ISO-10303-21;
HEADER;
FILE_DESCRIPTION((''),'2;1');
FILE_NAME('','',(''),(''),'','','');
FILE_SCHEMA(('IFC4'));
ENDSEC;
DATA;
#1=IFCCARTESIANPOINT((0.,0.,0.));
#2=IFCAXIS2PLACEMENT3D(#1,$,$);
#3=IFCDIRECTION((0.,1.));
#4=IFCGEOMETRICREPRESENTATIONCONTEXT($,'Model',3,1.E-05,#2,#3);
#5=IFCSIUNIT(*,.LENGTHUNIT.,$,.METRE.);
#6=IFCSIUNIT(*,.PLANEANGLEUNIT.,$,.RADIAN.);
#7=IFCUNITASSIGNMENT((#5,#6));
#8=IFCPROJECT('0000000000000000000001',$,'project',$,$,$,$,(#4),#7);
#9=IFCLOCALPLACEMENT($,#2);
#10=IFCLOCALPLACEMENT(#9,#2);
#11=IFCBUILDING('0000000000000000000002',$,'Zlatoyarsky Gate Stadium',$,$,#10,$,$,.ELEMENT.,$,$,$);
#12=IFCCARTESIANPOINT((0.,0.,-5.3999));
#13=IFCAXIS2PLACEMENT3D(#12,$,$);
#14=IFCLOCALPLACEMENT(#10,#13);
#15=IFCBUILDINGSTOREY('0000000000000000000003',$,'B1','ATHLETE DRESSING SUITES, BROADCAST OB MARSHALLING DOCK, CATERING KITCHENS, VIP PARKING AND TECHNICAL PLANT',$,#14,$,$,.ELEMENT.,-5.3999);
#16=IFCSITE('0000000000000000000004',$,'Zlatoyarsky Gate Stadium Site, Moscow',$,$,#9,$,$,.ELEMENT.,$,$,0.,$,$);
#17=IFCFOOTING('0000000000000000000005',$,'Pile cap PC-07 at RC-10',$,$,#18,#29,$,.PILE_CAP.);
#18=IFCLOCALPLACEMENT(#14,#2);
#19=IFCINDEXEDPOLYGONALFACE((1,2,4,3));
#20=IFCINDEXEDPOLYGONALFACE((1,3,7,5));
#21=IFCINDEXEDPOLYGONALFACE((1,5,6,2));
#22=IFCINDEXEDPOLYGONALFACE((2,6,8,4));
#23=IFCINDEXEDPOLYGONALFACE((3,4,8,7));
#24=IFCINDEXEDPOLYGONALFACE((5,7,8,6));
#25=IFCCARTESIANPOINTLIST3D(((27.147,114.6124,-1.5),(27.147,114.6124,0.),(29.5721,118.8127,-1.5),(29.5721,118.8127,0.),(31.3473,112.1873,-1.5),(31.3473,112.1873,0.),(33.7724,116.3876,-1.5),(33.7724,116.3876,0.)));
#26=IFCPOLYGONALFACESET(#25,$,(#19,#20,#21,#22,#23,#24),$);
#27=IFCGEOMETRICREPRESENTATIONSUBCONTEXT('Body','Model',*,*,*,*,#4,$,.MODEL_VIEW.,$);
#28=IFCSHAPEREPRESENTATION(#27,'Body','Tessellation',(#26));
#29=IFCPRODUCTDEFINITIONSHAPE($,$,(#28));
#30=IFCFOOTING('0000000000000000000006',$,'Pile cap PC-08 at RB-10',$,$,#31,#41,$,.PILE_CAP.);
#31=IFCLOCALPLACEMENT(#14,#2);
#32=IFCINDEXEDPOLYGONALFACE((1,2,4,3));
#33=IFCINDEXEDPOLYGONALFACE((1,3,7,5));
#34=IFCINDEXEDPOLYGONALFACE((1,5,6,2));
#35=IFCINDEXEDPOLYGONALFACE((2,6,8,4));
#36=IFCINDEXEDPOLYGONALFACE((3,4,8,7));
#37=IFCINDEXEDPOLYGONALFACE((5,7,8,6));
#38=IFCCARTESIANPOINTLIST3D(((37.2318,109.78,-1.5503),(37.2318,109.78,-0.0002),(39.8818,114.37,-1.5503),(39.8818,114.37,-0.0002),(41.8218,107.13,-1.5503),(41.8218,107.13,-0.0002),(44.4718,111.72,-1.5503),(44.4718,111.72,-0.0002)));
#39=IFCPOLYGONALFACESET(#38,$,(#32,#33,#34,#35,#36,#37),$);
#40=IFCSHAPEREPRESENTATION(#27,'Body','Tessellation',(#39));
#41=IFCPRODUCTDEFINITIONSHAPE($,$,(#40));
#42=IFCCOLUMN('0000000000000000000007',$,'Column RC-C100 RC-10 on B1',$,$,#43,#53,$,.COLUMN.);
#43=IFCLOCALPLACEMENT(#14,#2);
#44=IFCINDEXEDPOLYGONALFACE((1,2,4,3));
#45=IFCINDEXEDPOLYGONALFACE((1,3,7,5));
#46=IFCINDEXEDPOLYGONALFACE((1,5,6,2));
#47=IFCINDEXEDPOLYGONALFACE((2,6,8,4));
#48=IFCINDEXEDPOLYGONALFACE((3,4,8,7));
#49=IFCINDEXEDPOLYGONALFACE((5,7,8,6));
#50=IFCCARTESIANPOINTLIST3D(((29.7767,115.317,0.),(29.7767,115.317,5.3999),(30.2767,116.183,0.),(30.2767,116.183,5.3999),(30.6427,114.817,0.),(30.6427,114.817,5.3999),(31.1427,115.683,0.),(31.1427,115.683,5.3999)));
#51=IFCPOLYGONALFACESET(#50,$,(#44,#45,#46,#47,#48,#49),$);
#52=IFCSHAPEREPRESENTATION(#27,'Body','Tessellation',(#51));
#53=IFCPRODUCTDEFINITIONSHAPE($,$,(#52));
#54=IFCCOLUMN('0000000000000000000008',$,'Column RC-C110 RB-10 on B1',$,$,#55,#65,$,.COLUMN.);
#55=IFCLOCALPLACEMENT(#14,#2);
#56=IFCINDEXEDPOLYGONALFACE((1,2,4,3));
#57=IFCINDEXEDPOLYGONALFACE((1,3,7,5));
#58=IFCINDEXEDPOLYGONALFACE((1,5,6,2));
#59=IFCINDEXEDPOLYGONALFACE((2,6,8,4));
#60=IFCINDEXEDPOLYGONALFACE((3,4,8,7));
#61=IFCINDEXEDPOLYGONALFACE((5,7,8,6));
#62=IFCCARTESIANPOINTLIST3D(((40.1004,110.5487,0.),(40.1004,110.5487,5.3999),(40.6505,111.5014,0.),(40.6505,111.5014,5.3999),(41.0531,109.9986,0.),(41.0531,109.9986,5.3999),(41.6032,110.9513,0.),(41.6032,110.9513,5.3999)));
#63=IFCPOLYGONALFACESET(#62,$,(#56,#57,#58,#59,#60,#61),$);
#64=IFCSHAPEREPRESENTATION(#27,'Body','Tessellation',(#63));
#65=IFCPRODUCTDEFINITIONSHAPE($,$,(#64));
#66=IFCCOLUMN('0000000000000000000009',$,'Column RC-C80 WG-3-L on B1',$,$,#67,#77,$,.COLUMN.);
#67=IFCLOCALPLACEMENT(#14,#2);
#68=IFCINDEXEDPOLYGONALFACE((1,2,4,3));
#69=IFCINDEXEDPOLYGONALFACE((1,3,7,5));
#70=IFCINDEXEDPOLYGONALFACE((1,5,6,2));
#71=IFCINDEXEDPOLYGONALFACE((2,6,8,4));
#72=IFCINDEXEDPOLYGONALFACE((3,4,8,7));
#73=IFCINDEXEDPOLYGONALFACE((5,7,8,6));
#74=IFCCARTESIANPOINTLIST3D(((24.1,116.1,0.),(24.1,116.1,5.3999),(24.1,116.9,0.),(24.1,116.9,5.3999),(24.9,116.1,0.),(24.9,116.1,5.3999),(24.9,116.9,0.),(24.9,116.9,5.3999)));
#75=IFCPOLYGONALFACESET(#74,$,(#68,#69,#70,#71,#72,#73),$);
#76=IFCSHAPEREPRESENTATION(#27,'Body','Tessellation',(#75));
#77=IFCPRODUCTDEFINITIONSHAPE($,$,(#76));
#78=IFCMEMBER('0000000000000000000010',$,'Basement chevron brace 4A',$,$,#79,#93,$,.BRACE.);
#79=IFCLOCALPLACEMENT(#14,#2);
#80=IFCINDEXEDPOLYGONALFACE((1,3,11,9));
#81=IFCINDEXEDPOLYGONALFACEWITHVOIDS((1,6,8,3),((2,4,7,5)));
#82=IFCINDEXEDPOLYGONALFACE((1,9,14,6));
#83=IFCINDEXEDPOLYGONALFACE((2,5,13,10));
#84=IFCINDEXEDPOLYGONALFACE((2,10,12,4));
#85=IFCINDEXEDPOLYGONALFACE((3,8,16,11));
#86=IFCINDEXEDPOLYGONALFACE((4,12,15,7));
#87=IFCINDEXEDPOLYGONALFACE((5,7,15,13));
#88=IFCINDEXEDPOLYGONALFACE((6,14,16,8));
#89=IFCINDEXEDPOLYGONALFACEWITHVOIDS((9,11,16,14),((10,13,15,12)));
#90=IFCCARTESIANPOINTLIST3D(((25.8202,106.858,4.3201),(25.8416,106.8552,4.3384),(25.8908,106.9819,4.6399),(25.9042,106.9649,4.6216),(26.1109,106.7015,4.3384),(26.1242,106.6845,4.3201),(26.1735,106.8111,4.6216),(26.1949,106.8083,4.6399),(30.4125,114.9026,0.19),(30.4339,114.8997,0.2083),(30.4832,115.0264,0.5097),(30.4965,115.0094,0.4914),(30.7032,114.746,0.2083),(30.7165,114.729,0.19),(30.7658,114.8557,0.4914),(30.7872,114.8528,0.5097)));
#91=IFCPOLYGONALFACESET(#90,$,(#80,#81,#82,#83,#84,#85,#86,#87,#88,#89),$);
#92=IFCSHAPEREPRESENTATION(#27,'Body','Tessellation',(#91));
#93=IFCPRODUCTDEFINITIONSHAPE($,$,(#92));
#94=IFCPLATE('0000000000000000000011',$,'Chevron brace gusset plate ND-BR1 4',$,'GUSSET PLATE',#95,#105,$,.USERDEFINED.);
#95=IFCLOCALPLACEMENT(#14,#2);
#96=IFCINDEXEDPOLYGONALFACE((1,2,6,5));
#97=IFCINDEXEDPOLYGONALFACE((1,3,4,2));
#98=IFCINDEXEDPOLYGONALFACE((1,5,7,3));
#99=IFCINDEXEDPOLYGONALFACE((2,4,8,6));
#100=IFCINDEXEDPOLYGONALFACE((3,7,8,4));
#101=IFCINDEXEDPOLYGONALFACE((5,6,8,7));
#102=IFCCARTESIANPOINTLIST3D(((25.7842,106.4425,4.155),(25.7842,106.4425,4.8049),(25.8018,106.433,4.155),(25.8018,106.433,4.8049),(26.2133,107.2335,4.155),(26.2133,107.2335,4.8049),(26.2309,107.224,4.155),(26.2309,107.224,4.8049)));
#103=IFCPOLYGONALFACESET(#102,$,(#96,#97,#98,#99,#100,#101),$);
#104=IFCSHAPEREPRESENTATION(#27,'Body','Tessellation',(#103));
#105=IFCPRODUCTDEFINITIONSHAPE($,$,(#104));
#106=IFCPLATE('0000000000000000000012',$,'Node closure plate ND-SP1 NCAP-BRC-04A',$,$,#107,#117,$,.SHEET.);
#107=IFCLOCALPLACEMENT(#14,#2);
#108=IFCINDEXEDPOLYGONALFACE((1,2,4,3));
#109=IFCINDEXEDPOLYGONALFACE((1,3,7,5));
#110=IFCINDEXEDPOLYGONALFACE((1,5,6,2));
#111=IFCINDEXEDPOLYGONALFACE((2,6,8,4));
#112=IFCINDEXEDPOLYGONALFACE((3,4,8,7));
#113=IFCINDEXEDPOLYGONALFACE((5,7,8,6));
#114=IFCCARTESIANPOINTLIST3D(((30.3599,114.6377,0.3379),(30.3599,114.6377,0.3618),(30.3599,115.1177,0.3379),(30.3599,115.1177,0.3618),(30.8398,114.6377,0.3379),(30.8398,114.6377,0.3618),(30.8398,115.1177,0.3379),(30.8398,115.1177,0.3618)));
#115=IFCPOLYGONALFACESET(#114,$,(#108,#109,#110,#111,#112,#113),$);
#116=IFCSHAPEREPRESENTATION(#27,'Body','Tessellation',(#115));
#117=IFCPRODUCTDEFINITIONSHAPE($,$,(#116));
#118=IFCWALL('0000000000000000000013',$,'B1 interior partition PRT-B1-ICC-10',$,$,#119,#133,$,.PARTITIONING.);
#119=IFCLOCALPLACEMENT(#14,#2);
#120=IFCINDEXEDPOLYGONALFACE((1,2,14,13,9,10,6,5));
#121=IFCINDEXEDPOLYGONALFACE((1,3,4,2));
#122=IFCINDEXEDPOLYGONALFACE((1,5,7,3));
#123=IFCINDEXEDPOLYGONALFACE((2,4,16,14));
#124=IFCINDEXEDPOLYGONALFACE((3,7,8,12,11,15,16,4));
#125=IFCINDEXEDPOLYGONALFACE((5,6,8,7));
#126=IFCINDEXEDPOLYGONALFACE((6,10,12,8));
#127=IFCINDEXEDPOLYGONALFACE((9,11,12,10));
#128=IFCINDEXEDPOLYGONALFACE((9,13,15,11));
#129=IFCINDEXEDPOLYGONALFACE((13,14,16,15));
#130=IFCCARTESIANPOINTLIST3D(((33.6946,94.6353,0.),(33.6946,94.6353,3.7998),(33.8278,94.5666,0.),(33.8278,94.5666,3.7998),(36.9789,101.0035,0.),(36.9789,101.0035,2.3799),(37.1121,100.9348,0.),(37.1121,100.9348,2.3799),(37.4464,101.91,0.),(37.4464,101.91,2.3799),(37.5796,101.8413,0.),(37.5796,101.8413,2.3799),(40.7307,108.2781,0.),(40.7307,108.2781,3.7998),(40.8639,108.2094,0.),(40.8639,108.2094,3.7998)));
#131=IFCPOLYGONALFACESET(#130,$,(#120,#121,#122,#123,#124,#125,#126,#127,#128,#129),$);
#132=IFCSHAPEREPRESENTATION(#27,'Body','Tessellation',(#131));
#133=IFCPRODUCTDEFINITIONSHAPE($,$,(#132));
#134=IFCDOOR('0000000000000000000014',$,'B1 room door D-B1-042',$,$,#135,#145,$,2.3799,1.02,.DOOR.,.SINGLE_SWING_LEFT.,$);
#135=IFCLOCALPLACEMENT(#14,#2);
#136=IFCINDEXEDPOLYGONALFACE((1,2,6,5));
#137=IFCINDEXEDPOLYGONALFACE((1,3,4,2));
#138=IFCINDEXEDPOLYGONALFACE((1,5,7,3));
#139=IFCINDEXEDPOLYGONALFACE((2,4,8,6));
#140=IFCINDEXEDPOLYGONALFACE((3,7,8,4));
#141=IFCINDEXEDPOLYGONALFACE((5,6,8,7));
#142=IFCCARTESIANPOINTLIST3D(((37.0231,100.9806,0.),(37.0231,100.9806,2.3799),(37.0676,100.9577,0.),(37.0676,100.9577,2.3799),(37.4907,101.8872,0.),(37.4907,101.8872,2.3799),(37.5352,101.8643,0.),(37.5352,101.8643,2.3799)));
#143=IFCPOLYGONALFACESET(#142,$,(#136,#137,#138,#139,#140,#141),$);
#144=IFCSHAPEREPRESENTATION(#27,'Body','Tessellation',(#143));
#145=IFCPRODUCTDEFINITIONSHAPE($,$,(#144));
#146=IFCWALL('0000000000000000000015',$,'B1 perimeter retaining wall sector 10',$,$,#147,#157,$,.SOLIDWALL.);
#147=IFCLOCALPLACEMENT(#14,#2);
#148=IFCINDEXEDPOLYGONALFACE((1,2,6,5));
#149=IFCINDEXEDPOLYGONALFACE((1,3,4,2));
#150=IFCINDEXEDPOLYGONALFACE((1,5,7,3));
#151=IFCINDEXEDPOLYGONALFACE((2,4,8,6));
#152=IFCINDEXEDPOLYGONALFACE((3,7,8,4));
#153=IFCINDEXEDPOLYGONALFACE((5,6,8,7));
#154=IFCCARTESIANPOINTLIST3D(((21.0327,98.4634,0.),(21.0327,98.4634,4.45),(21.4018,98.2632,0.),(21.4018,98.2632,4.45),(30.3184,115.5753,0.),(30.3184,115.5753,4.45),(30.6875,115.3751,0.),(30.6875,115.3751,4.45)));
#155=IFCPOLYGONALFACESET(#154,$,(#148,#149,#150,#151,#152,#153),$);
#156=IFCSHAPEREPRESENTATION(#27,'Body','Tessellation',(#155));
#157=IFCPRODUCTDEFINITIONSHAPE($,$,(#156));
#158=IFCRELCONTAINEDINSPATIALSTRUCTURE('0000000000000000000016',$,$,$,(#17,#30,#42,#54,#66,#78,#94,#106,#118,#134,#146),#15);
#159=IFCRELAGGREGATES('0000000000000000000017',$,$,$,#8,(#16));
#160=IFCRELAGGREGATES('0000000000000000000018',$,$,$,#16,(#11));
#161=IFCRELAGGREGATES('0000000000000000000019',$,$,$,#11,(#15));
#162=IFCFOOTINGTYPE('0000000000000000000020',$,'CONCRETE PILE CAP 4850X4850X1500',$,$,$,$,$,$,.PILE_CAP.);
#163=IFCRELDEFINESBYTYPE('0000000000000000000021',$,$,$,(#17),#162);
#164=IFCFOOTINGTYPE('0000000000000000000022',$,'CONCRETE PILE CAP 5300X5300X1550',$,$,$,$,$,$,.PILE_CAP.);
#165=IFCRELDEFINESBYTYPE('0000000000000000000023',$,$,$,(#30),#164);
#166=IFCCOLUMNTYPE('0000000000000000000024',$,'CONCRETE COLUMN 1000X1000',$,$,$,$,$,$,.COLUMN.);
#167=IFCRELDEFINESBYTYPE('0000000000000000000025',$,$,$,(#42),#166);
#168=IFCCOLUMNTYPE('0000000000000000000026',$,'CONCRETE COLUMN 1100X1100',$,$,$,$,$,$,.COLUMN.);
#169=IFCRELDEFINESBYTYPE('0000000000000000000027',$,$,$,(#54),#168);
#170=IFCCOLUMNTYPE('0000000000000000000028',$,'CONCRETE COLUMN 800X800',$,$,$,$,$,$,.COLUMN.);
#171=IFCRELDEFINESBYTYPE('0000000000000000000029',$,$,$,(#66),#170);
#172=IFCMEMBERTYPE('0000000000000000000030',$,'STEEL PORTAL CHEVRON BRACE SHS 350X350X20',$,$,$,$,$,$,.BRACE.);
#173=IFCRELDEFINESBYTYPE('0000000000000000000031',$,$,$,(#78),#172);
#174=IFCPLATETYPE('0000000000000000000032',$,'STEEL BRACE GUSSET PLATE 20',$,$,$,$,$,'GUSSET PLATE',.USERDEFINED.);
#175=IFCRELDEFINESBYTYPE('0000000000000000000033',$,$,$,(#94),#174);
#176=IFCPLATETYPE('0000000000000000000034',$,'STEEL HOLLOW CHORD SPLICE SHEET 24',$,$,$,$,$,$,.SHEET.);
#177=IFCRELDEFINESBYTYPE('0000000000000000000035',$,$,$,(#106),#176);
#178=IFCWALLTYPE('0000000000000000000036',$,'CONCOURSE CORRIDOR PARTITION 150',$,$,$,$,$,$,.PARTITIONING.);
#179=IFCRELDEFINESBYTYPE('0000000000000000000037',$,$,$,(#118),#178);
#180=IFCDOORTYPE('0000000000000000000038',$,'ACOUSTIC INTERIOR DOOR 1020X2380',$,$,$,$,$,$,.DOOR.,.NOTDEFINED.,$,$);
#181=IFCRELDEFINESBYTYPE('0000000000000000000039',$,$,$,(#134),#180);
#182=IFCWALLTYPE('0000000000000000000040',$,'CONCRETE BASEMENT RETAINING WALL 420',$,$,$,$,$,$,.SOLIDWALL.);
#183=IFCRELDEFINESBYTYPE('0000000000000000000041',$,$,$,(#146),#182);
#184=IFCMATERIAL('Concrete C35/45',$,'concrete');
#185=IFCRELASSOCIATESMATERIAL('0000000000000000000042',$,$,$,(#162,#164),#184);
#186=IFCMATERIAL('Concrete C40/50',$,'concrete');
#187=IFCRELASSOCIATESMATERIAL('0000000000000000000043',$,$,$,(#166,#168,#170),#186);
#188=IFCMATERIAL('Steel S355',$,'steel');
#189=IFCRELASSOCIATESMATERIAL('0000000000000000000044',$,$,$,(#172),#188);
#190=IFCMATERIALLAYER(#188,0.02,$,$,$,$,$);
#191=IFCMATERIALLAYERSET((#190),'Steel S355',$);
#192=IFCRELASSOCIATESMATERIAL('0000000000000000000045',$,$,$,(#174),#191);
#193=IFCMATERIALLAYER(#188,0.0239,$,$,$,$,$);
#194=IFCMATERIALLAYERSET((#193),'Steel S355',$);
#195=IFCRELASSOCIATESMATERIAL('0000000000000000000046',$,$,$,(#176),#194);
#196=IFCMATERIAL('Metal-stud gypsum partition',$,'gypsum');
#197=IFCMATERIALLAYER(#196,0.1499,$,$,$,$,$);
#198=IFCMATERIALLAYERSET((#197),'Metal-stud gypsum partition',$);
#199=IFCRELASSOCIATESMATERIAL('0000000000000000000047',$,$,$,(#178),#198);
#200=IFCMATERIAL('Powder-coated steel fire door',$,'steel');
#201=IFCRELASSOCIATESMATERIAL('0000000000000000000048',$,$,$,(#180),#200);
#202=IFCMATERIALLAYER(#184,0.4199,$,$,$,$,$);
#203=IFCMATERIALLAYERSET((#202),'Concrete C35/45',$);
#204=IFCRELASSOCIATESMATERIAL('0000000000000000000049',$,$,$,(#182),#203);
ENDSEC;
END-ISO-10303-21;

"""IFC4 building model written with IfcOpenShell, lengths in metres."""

from ifc_helpers import new_model, si_unit, direction, frame, frame_2d, origin, origin_2d, place, context, subcontext, project, spatial, rectangle, hollow_rectangle, extrude, material, layer, layer_set, material_profile, profile_set, type_object, element, fill, save


model = new_model("IFC4")

# Units and contexts
model_context = context("Model", 3, precision=1e-05, world=origin(), true_north=direction((0.0, 1.0)))
body_context = subcontext(model_context, "Body", "Model", "MODEL_VIEW")
ifc_project = project(units=[si_unit("LENGTHUNIT", "METRE"), si_unit("PLANEANGLEUNIT", "RADIAN")], contexts=[model_context])

# Site, building, storey
site_placement = place(None, origin())
site = spatial("IfcSite", under=ifc_project, at=site_placement, Name="Zlatoyarsky Gate Stadium Site, Moscow", CompositionType="ELEMENT", RefElevation=0.0)
building_placement = place(site_placement, origin())
building = spatial("IfcBuilding", under=site, at=building_placement, Name="Zlatoyarsky Gate Stadium", CompositionType="ELEMENT")
storey_placement = place(building_placement, frame((0.0, 0.0, -5.3999)))
storey = spatial("IfcBuildingStorey", under=building, at=storey_placement, Name="B1", Description="ATHLETE DRESSING SUITES, BROADCAST OB MARSHALLING DOCK, CATERING KITCHENS, VIP PARKING AND TECHNICAL PLANT", CompositionType="ELEMENT", Elevation=-5.3999)

# Shared definitions
ifc_material_1 = material(Name="Concrete C35/45", Category="concrete")

# Footings
footing_type_1 = type_object("IfcFootingType", Name="CONCRETE PILE CAP 4850X4850X1500", PredefinedType="PILE_CAP", material=ifc_material_1)
footing_1_placement = place(storey_placement, frame((30.4597, 115.5, -1.5), z_axis=(0.0, 0.0, 1.0), x_axis=(-0.866025, 0.5, 0.0)))
element("IfcFooting", 1, at=footing_1_placement, inside=storey, type_object=footing_type_1, Name="Pile cap PC-07 at RC-10", PredefinedType="PILE_CAP", context=body_context, shape_type="SweptSolid", body=[
    extrude(rectangle(XDim=4.8501, YDim=4.8501, at=origin_2d()), origin(), (0.0, 0.0, 1.0), 1.5),
])
footing_type_2 = type_object("IfcFootingType", Name="CONCRETE PILE CAP 5300X5300X1550", PredefinedType="PILE_CAP", material=ifc_material_1)
footing_2_placement = place(storey_placement, frame((40.8518, 110.75, -1.5503), z_axis=(0.0, 0.0, 1.0), x_axis=(-0.866025, 0.5, 0.0)))
element("IfcFooting", 2, at=footing_2_placement, inside=storey, type_object=footing_type_2, Name="Pile cap PC-08 at RB-10", PredefinedType="PILE_CAP", context=body_context, shape_type="SweptSolid", body=[
    extrude(rectangle(XDim=5.3, YDim=5.3, at=origin_2d()), origin(), (0.0, 0.0, 1.0), 1.55),
])

# Columns
ifc_material_2 = material(Name="Concrete C40/50", Category="concrete")
ifc_material_profile_1 = material_profile(ifc_material_2, rectangle(XDim=1.0, YDim=1.0, at=origin_2d()), Name="RC COL 1000X1000")
ifc_profile_set_1 = profile_set([ifc_material_profile_1], Name="Concrete C40/50")
column_type_1 = type_object("IfcColumnType", Name="CONCRETE COLUMN 1000X1000", PredefinedType="COLUMN", material=ifc_profile_set_1)
column_1_placement = place(storey_placement, frame((30.4597, 115.5, 0.0), z_axis=(0.0, 0.0, 1.0), x_axis=(-0.866025, 0.5, 0.0)))
element("IfcColumn", 3, at=column_1_placement, inside=storey, type_object=column_type_1, Name="Column RC-C100 RC-10 on B1", PredefinedType="COLUMN", context=body_context, shape_type="SweptSolid", body=[
    extrude(rectangle(XDim=1.0, YDim=1.0, at=origin_2d()), origin(), (0.0, 0.0, 1.0), 5.3999),
])
ifc_material_profile_2 = material_profile(ifc_material_2, rectangle(XDim=1.1001, YDim=1.1001, at=origin_2d()), Name="RC COL 1100X1100")
ifc_profile_set_2 = profile_set([ifc_material_profile_2], Name="Concrete C40/50")
column_type_2 = type_object("IfcColumnType", Name="CONCRETE COLUMN 1100X1100", PredefinedType="COLUMN", material=ifc_profile_set_2)
column_2_placement = place(storey_placement, frame((40.8518, 110.75, 0.0), z_axis=(0.0, 0.0, 1.0), x_axis=(-0.866025, 0.5, 0.0)))
element("IfcColumn", 4, at=column_2_placement, inside=storey, type_object=column_type_2, Name="Column RC-C110 RB-10 on B1", PredefinedType="COLUMN", context=body_context, shape_type="SweptSolid", body=[
    extrude(rectangle(XDim=1.1001, YDim=1.1001, at=origin_2d()), origin(), (0.0, 0.0, 1.0), 5.3999),
])
ifc_material_profile_3 = material_profile(ifc_material_2, rectangle(XDim=0.8, YDim=0.8, at=origin_2d()), Name="RC COL 800X800")
ifc_profile_set_3 = profile_set([ifc_material_profile_3], Name="Concrete C40/50")
column_type_3 = type_object("IfcColumnType", Name="CONCRETE COLUMN 800X800", PredefinedType="COLUMN", material=ifc_profile_set_3)
column_3_placement = place(storey_placement, frame((24.5, 116.5, 0.0), z_axis=(0.0, 0.0, 1.0), x_axis=(1.0, 0.0, 0.0)))
element("IfcColumn", 5, at=column_3_placement, inside=storey, type_object=column_type_3, Name="Column RC-C80 WG-3-L on B1", PredefinedType="COLUMN", context=body_context, shape_type="SweptSolid", body=[
    extrude(rectangle(XDim=0.8, YDim=0.8, at=origin_2d()), origin(), (0.0, 0.0, 1.0), 5.3999),
])

# Member
ifc_material_3 = material(Name="Steel S355", Category="steel")
ifc_material_profile_4 = material_profile(ifc_material_3, hollow_rectangle(XDim=0.3501, YDim=0.3501, WallThickness=0.02, at=origin_2d()), Name="SHS 350X350X20")
ifc_profile_set_4 = profile_set([ifc_material_profile_4], Name="Steel S355")
member_type = type_object("IfcMemberType", Name="STEEL PORTAL CHEVRON BRACE SHS 350X350X20", PredefinedType="BRACE", material=ifc_profile_set_4)
member_placement = place(storey_placement, frame((30.5999, 114.8777, 0.3499), z_axis=(-0.452799, -0.793181, 0.40723), x_axis=(0.868454, -0.49577, 0.0)))
element("IfcMember", 6, at=member_placement, inside=storey, type_object=member_type, Name="Basement chevron brace 4A", PredefinedType="BRACE", context=body_context, shape_type="SweptSolid", body=[
    extrude(hollow_rectangle(XDim=0.3501, YDim=0.3501, WallThickness=0.02, at=origin_2d()), origin(), (0.0, 0.0, 1.0), 10.1421),
])

# Plates
ifc_layer_1 = layer(ifc_material_3, 0.02)
ifc_layer_set_1 = layer_set([ifc_layer_1], Name="Steel S355")
plate_type_1 = type_object("IfcPlateType", Name="STEEL BRACE GUSSET PLATE 20", ElementType="GUSSET PLATE", PredefinedType="USERDEFINED", material=ifc_layer_set_1)
plate_1_placement = place(storey_placement, frame((26.0076, 106.8333, 4.155), z_axis=(0.0, 0.0, 1.0), x_axis=(-0.476891, -0.878963, 0.0)))
element("IfcPlate", 7, at=plate_1_placement, inside=storey, type_object=plate_type_1, Name="Chevron brace gusset plate ND-BR1 4", ObjectType="GUSSET PLATE", PredefinedType="USERDEFINED", context=body_context, shape_type="SweptSolid", body=[
    extrude(rectangle(XDim=0.8999, YDim=0.02, at=origin_2d()), origin(), (0.0, 0.0, 1.0), 0.6499),
])
ifc_layer_2 = layer(ifc_material_3, 0.0239)
ifc_layer_set_2 = layer_set([ifc_layer_2], Name="Steel S355")
plate_type_2 = type_object("IfcPlateType", Name="STEEL HOLLOW CHORD SPLICE SHEET 24", PredefinedType="SHEET", material=ifc_layer_set_2)
plate_2_placement = place(storey_placement, frame((30.5999, 114.8777, 0.3379), z_axis=(0.0, 0.0, 1.0), x_axis=(1.0, 0.0, 0.0)))
element("IfcPlate", 8, at=plate_2_placement, inside=storey, type_object=plate_type_2, Name="Node closure plate ND-SP1 NCAP-BRC-04A", PredefinedType="SHEET", context=body_context, shape_type="SweptSolid", body=[
    extrude(rectangle(XDim=0.48, YDim=0.48, at=origin_2d()), origin(), (0.0, 0.0, 1.0), 0.0239),
])

# Wall, opening, door
ifc_material_4 = material(Name="Metal-stud gypsum partition", Category="gypsum")
ifc_layer_3 = layer(ifc_material_4, 0.1499)
ifc_layer_set_3 = layer_set([ifc_layer_3], Name="Metal-stud gypsum partition")
wall_type_1 = type_object("IfcWallType", Name="CONCOURSE CORRIDOR PARTITION 150", PredefinedType="PARTITIONING", material=ifc_layer_set_3)
wall_1_placement = place(storey_placement, frame((40.7974, 108.2439, 0.0), z_axis=(0.0, 0.0, 1.0), x_axis=(-0.458369, -0.888762, 0.0)))
wall_1 = element("IfcWall", 9, at=wall_1_placement, inside=storey, type_object=wall_type_1, Name="B1 interior partition PRT-B1-ICC-10", PredefinedType="PARTITIONING", context=body_context, shape_type="SweptSolid", body=[
    extrude(rectangle(XDim=15.3503, YDim=0.1499, at=frame_2d((7.6753, 0.0))), origin(), (0.0, 0.0, 1.0), 3.7998),
])
opening_1_placement = place(wall_1_placement, frame((7.1653, 0.0, 0.0)))
opening_1 = element("IfcOpeningElement", 10, at=opening_1_placement, cuts=wall_1, PredefinedType="OPENING", context=body_context, shape_type="SweptSolid", body=[
    extrude(rectangle(XDim=1.02, YDim=2.3799, at=frame_2d((0.51, 1.1899))), frame((0.0, 0.085, 0.0), z_axis=(0.0, -1.0, 0.0), x_axis=(1.0, 0.0, 0.0)), (0.0, 0.0, 1.0), 0.1699),
])
ifc_material_5 = material(Name="Powder-coated steel fire door", Category="steel")
door_type_1 = type_object("IfcDoorType", Name="ACOUSTIC INTERIOR DOOR 1020X2380", OperationType="NOTDEFINED", PredefinedType="DOOR", material=ifc_material_5)
door_1_placement = place(opening_1_placement, origin())
door_1 = element("IfcDoor", 11, at=door_1_placement, inside=storey, type_object=door_type_1, Name="B1 room door D-B1-042", OperationType="SINGLE_SWING_LEFT", OverallHeight=2.3799, OverallWidth=1.02, PredefinedType="DOOR", context=body_context, shape_type="SweptSolid", body=[
    extrude(rectangle(XDim=1.02, YDim=2.3799, at=frame_2d((0.51, 1.1899))), frame((0.0, 0.0249, 0.0), z_axis=(0.0, -1.0, 0.0), x_axis=(1.0, 0.0, 0.0)), (0.0, 0.0, 1.0), 0.05),
])
fill(opening_1, door_1)

# Wall
ifc_layer_4 = layer(ifc_material_1, 0.4199)
ifc_layer_set_4 = layer_set([ifc_layer_4], Name="Concrete C35/45")
wall_type_2 = type_object("IfcWallType", Name="CONCRETE BASEMENT RETAINING WALL 420", PredefinedType="SOLIDWALL", material=ifc_layer_set_4)
wall_2_placement = place(storey_placement, frame((30.5029, 115.4751, 0.0), z_axis=(0.0, 0.0, 1.0), x_axis=(-0.476948, -0.878932, 0.0)))
element("IfcWall", 12, at=wall_2_placement, inside=storey, type_object=wall_type_2, Name="B1 perimeter retaining wall sector 10", PredefinedType="SOLIDWALL", context=body_context, shape_type="SweptSolid", body=[
    extrude(rectangle(XDim=19.469, YDim=0.4199, at=frame_2d((9.7344, 0.0))), origin(), (0.0, 0.0, 1.0), 4.45),
])

save(model, "model.ifc")
